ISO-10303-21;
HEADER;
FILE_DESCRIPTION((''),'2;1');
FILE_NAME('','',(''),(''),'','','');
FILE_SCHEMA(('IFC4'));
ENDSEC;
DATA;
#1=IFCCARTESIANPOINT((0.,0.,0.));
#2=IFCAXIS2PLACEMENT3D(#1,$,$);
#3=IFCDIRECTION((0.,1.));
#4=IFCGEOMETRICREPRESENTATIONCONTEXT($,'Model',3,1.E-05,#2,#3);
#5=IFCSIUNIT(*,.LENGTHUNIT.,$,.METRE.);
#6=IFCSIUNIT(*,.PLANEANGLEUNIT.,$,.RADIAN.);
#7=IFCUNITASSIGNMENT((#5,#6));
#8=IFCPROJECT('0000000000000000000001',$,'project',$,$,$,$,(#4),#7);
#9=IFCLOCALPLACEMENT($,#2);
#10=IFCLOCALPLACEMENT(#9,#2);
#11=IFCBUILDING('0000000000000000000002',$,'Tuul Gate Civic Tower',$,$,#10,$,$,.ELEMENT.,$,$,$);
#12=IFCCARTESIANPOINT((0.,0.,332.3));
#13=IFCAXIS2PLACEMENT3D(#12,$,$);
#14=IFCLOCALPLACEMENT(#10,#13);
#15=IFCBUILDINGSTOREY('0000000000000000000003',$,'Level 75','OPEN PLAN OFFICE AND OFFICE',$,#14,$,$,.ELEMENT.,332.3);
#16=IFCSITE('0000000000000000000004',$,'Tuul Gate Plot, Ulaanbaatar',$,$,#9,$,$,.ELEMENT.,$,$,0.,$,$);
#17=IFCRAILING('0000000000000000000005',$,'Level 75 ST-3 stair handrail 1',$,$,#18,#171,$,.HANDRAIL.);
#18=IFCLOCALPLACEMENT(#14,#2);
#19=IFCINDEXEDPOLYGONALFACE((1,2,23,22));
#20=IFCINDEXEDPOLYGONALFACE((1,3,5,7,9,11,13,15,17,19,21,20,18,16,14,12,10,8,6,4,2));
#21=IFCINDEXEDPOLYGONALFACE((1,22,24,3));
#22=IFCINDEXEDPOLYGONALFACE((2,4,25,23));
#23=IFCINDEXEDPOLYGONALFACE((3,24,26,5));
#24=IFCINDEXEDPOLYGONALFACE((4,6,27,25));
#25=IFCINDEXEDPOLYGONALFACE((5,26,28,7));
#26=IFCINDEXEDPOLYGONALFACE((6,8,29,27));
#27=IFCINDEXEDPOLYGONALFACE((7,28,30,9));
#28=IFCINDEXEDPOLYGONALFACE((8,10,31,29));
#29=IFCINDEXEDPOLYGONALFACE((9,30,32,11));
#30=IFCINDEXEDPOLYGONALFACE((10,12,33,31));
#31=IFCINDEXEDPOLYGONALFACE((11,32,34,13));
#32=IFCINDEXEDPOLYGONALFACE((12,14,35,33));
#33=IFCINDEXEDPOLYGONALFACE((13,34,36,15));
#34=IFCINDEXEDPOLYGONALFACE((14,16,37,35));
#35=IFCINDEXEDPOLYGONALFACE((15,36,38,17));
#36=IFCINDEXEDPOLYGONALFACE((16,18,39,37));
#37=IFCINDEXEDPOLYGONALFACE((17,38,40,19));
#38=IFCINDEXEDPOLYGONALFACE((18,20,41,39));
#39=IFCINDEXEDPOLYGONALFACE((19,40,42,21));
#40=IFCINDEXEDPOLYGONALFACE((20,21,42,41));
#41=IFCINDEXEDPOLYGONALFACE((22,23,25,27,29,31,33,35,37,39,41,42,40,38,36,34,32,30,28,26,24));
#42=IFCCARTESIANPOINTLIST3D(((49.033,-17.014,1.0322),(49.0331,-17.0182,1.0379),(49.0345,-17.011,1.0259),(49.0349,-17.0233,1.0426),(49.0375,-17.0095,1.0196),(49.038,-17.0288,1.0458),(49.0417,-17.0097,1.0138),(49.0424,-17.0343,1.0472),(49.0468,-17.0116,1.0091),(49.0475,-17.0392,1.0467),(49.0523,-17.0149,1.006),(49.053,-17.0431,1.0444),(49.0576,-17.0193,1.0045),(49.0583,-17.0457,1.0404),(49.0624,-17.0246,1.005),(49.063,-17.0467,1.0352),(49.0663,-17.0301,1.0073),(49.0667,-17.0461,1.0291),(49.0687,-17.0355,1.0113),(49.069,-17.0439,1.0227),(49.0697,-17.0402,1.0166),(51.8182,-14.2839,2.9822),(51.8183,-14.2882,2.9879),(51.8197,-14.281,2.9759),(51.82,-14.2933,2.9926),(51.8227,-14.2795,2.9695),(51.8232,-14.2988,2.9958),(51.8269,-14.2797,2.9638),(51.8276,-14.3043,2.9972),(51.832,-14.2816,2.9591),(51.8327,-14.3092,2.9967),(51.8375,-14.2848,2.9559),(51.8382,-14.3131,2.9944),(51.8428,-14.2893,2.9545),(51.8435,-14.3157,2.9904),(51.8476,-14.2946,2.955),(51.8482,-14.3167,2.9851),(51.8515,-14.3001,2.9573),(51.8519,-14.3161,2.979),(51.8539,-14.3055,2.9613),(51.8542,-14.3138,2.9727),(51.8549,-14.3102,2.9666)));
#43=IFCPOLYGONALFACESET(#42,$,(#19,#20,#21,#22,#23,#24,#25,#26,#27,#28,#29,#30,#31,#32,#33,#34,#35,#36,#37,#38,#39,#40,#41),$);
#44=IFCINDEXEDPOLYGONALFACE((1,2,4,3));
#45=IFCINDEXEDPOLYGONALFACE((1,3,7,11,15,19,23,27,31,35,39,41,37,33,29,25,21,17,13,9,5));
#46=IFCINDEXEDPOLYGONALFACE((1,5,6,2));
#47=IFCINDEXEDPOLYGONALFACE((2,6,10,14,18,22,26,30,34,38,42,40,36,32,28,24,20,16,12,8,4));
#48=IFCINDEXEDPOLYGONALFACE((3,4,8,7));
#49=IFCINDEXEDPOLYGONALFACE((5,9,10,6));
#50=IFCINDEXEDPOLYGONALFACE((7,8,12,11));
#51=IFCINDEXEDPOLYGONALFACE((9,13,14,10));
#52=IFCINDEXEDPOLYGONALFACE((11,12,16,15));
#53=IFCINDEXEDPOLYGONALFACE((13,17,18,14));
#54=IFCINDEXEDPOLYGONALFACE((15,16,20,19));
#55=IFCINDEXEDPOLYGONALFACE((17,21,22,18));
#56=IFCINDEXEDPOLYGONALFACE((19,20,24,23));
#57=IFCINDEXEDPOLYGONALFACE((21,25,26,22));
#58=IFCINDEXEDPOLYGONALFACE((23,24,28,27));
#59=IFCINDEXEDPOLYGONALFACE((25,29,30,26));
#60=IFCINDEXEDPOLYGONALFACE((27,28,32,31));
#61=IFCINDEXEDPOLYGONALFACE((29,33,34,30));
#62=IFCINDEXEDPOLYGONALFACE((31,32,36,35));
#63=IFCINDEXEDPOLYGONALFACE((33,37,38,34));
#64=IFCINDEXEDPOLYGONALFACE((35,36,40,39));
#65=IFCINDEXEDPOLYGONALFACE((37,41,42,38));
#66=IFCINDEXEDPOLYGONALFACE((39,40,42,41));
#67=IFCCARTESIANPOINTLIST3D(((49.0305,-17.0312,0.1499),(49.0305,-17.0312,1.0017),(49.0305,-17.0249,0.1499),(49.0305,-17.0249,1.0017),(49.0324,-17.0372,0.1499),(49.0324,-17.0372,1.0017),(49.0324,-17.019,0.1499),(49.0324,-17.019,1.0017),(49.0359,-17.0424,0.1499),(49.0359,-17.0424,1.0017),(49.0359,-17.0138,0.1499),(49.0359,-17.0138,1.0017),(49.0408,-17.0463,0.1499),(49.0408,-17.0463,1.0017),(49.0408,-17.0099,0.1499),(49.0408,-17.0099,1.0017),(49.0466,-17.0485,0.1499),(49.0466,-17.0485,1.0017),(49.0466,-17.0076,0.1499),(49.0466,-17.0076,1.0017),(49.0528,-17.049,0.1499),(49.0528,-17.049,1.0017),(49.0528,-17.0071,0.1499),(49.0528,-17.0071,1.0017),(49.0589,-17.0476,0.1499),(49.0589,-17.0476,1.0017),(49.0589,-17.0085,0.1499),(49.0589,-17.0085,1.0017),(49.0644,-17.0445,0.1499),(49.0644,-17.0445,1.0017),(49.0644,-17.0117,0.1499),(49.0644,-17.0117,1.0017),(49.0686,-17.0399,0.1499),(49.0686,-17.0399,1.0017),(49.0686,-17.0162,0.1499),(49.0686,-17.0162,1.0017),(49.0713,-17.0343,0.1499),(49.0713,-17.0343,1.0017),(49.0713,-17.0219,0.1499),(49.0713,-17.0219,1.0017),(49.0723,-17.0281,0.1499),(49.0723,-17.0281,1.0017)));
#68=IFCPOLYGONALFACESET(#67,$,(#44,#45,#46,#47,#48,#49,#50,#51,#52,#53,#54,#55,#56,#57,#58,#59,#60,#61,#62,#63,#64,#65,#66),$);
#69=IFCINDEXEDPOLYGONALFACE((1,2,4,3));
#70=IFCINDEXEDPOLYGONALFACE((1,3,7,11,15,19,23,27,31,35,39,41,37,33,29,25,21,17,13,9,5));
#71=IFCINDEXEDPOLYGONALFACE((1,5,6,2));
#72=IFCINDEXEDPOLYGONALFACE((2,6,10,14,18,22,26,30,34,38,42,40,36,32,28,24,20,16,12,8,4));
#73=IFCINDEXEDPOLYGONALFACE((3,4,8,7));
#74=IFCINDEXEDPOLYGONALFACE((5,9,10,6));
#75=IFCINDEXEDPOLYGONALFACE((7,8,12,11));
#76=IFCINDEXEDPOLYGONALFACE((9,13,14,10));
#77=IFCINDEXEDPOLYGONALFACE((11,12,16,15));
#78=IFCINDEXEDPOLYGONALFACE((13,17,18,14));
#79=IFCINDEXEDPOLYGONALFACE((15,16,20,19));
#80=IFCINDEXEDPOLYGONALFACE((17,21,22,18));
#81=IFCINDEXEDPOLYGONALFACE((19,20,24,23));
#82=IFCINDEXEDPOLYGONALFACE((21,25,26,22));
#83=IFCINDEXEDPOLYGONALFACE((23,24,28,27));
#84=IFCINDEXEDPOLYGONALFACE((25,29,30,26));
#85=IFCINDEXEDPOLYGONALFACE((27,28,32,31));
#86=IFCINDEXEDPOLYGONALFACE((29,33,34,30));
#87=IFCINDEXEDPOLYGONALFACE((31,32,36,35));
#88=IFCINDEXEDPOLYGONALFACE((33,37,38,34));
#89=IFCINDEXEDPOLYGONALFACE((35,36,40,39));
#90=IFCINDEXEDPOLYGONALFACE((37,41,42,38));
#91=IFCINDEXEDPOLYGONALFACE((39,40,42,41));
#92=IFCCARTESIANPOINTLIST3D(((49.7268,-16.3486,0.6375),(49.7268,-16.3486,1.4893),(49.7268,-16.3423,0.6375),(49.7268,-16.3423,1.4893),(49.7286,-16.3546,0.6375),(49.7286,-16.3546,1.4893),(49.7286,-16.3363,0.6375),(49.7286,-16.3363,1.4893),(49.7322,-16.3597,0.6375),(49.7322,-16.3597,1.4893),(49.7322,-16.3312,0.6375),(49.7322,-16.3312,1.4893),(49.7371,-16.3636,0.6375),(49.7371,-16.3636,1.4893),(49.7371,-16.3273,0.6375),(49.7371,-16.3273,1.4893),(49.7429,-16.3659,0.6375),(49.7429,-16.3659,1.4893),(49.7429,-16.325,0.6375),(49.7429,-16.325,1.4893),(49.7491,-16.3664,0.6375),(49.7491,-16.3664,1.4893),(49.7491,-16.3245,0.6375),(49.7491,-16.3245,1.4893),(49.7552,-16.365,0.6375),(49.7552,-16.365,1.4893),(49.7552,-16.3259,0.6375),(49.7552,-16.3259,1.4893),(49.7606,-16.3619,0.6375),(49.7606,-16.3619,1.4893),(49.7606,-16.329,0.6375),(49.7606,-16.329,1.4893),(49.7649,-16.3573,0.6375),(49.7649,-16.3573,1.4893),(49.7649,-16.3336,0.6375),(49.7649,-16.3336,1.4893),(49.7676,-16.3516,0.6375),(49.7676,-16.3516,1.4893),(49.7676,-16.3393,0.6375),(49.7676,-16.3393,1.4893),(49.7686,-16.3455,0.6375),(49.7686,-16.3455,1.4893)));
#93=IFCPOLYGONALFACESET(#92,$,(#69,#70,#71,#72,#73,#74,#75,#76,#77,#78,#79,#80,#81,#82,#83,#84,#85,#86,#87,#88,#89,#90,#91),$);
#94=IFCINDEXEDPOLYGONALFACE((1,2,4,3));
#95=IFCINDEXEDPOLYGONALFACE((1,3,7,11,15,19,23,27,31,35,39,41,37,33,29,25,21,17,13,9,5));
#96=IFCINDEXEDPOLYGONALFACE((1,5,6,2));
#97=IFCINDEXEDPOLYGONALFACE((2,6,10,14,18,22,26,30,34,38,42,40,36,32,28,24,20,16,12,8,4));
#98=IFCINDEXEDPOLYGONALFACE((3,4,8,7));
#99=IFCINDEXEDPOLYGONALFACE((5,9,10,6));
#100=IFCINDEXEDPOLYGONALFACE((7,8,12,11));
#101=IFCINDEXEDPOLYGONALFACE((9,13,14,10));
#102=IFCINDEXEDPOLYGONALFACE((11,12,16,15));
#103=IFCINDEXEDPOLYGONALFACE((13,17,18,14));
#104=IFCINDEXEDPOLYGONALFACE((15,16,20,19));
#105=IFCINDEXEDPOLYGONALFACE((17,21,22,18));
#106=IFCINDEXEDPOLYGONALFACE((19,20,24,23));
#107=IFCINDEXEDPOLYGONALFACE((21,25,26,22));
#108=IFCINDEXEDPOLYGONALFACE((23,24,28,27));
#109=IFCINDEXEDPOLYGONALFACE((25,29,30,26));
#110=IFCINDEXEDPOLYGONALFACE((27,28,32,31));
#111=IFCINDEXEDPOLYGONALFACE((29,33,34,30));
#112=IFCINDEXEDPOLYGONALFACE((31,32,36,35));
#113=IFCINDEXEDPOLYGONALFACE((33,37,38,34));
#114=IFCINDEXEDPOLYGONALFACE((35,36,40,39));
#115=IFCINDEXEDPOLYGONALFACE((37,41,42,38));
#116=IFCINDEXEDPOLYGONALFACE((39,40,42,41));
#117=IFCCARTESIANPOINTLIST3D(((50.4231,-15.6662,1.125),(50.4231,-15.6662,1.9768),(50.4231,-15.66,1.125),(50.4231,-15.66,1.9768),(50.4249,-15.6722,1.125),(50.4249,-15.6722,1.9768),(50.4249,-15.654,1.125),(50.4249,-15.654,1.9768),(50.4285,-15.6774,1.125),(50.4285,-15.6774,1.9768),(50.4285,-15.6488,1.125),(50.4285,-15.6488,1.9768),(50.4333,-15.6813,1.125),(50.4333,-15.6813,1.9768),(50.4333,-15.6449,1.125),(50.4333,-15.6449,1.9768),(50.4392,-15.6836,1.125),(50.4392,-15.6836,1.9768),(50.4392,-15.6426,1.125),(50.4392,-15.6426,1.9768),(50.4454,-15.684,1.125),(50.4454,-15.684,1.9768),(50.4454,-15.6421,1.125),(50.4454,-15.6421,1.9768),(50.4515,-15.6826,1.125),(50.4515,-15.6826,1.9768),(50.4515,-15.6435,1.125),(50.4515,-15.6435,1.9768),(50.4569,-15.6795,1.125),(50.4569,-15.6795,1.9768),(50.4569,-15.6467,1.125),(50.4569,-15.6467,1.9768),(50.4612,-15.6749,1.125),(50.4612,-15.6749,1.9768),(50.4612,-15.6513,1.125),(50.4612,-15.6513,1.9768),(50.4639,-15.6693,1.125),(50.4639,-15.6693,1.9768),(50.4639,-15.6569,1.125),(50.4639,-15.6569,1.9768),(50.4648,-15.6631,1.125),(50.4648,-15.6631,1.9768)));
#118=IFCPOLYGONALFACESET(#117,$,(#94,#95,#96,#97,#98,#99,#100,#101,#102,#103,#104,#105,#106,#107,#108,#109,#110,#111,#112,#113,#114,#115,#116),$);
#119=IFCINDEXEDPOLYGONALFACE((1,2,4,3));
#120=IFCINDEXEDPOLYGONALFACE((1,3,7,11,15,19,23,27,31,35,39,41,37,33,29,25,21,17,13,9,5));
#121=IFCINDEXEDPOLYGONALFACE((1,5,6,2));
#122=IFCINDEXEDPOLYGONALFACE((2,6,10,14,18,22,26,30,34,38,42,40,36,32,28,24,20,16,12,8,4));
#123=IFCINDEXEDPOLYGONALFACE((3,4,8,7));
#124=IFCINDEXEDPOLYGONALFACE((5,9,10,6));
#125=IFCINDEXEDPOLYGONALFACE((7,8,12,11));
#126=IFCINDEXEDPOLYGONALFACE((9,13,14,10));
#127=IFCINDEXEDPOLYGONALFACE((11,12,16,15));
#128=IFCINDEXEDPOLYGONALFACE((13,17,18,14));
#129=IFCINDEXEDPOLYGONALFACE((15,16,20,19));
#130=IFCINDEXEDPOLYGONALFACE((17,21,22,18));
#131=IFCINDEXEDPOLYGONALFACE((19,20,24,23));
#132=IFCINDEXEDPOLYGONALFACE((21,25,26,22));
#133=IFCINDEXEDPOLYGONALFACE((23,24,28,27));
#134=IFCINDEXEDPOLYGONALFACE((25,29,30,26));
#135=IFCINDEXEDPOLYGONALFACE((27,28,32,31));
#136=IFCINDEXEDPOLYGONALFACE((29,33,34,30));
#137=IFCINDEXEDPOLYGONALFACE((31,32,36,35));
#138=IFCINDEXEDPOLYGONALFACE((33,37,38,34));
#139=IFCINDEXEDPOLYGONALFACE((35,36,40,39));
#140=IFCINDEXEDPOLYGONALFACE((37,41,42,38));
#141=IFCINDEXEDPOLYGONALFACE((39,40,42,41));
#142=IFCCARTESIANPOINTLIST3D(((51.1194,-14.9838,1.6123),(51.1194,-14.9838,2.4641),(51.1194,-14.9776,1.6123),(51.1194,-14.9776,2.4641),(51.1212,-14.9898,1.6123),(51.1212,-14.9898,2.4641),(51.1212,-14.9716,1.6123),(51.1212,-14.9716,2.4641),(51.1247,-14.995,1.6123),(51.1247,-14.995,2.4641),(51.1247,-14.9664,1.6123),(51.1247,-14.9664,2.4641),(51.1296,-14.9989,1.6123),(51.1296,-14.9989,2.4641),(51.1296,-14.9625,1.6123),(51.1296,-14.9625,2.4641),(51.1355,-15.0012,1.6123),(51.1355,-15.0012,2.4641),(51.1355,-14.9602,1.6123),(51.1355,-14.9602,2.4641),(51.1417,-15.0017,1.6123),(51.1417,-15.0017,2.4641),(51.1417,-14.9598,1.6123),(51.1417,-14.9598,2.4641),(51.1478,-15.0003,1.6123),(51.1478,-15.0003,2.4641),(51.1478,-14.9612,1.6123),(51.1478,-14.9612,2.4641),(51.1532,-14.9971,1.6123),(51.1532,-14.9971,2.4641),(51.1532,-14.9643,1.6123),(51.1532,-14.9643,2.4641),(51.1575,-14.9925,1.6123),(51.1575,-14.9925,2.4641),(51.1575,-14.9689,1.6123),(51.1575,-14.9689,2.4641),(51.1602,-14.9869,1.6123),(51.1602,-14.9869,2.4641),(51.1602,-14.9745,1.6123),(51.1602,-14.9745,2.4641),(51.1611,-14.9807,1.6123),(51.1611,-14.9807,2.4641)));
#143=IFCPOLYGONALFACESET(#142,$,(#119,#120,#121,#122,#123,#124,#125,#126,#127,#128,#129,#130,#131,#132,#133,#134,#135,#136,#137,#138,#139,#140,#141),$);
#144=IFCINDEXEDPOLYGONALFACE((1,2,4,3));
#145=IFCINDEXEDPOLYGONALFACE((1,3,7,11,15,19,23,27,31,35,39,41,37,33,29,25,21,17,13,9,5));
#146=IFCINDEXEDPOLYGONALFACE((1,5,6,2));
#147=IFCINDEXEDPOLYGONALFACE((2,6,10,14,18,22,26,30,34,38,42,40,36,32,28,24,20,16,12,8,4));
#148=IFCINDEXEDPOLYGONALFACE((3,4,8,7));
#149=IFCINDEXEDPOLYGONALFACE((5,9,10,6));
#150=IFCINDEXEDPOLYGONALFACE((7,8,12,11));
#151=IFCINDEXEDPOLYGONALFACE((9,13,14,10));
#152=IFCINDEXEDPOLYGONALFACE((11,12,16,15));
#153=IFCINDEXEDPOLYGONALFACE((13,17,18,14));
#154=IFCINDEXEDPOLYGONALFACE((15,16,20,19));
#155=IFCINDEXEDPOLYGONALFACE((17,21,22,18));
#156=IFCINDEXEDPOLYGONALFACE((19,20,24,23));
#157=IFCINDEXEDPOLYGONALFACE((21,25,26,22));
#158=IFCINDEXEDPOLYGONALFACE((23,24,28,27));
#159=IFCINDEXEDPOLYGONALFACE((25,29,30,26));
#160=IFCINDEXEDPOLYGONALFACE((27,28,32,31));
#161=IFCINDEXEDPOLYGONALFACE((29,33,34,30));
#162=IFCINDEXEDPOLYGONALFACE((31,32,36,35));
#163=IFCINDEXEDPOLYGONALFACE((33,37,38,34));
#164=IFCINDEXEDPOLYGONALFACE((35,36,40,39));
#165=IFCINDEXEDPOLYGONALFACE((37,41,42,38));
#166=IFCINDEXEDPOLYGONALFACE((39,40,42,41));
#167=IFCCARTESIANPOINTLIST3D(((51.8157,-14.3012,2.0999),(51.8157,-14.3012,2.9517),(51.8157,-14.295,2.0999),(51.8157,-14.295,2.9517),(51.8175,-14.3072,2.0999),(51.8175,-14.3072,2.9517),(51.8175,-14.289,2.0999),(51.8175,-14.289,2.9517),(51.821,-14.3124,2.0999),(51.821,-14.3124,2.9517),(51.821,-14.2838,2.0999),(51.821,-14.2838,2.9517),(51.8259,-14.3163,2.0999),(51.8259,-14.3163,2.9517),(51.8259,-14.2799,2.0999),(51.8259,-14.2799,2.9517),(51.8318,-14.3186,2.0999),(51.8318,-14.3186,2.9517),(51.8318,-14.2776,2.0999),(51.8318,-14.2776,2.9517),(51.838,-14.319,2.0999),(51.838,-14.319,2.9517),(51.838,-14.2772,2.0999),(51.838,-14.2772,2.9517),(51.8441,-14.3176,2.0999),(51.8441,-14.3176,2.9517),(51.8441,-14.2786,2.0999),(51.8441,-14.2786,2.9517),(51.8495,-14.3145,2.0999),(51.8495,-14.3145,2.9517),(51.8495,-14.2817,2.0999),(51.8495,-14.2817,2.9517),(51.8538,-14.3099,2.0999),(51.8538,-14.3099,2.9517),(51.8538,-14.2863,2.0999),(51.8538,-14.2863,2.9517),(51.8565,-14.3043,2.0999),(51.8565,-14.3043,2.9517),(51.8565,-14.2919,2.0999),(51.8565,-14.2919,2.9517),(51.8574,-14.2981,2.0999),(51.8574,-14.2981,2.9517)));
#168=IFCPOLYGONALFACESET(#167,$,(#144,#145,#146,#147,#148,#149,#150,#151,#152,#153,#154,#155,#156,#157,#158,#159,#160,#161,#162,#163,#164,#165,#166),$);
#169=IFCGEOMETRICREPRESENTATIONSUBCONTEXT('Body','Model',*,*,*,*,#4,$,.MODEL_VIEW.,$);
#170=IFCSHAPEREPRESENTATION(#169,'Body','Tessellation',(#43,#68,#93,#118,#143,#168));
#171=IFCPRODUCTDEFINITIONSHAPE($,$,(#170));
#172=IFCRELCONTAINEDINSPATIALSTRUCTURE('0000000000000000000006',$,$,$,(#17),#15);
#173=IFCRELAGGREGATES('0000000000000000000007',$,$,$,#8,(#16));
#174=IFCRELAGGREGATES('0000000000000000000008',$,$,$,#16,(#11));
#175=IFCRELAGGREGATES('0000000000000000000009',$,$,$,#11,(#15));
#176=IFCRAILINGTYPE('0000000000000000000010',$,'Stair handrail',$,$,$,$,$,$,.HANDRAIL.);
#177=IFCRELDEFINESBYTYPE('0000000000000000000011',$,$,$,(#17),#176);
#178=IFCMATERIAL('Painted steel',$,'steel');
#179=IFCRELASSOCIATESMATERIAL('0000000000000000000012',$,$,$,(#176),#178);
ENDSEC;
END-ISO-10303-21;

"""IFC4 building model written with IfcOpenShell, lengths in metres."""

from ifc_helpers import new_model, si_unit, direction, frame, origin, origin_2d, place, context, subcontext, project, spatial, circle, extrude, material, type_object, element, save


model = new_model("IFC4")

# Units and contexts
model_context = context("Model", 3, precision=1e-05, world=origin(), true_north=direction((0.0, 1.0)))
body_context = subcontext(model_context, "Body", "Model", "MODEL_VIEW")
ifc_project = project(units=[si_unit("LENGTHUNIT", "METRE"), si_unit("PLANEANGLEUNIT", "RADIAN")], contexts=[model_context])

# Site, building, storey
site_placement = place(None, origin())
site = spatial("IfcSite", under=ifc_project, at=site_placement, Name="Tuul Gate Plot, Ulaanbaatar", CompositionType="ELEMENT", RefElevation=0.0)
building_placement = place(site_placement, origin())
building = spatial("IfcBuilding", under=site, at=building_placement, Name="Tuul Gate Civic Tower", CompositionType="ELEMENT")
storey_placement = place(building_placement, frame((0.0, 0.0, 332.3)))
storey = spatial("IfcBuildingStorey", under=building, at=storey_placement, Name="Level 75", Description="OPEN PLAN OFFICE AND OFFICE", CompositionType="ELEMENT", Elevation=332.3)

# Railing
ifc_material_1 = material(Name="Painted steel", Category="steel")
railing_type = type_object("IfcRailingType", Name="Stair handrail", PredefinedType="HANDRAIL", material=ifc_material_1)
railing_1_placement = place(storey_placement, frame((49.0513, -17.0281, 0.1499)))
element("IfcRailing", 1, at=railing_1_placement, inside=storey, type_object=railing_type, Name="Level 75 ST-3 stair handrail 1", PredefinedType="HANDRAIL", context=body_context, shape_type="SweptSolid", body=[
    extrude(circle(Radius=0.0239, at=origin_2d()), frame((0.0, 0.0, 0.876), z_axis=(0.638754, 0.6261, 0.447206), x_axis=(-0.699998, 0.714145, 0.0)), (0.0, 0.0, 1.0), 4.3604),
    extrude(circle(Radius=0.021, at=origin_2d()), origin(), (0.0, 0.0, 1.0), 0.8518),
    extrude(circle(Radius=0.021, at=origin_2d()), frame((0.6963, 0.6826, 0.4875)), (0.0, 0.0, 1.0), 0.8518),
    extrude(circle(Radius=0.021, at=origin_2d()), frame((1.3926, 1.365, 0.9751)), (0.0, 0.0, 1.0), 0.8518),
    extrude(circle(Radius=0.021, at=origin_2d()), frame((2.0889, 2.0474, 1.4624)), (0.0, 0.0, 1.0), 0.8518),
    extrude(circle(Radius=0.021, at=origin_2d()), frame((2.7852, 2.73, 1.95)), (0.0, 0.0, 1.0), 0.8518),
])

save(model, "model.ifc")
